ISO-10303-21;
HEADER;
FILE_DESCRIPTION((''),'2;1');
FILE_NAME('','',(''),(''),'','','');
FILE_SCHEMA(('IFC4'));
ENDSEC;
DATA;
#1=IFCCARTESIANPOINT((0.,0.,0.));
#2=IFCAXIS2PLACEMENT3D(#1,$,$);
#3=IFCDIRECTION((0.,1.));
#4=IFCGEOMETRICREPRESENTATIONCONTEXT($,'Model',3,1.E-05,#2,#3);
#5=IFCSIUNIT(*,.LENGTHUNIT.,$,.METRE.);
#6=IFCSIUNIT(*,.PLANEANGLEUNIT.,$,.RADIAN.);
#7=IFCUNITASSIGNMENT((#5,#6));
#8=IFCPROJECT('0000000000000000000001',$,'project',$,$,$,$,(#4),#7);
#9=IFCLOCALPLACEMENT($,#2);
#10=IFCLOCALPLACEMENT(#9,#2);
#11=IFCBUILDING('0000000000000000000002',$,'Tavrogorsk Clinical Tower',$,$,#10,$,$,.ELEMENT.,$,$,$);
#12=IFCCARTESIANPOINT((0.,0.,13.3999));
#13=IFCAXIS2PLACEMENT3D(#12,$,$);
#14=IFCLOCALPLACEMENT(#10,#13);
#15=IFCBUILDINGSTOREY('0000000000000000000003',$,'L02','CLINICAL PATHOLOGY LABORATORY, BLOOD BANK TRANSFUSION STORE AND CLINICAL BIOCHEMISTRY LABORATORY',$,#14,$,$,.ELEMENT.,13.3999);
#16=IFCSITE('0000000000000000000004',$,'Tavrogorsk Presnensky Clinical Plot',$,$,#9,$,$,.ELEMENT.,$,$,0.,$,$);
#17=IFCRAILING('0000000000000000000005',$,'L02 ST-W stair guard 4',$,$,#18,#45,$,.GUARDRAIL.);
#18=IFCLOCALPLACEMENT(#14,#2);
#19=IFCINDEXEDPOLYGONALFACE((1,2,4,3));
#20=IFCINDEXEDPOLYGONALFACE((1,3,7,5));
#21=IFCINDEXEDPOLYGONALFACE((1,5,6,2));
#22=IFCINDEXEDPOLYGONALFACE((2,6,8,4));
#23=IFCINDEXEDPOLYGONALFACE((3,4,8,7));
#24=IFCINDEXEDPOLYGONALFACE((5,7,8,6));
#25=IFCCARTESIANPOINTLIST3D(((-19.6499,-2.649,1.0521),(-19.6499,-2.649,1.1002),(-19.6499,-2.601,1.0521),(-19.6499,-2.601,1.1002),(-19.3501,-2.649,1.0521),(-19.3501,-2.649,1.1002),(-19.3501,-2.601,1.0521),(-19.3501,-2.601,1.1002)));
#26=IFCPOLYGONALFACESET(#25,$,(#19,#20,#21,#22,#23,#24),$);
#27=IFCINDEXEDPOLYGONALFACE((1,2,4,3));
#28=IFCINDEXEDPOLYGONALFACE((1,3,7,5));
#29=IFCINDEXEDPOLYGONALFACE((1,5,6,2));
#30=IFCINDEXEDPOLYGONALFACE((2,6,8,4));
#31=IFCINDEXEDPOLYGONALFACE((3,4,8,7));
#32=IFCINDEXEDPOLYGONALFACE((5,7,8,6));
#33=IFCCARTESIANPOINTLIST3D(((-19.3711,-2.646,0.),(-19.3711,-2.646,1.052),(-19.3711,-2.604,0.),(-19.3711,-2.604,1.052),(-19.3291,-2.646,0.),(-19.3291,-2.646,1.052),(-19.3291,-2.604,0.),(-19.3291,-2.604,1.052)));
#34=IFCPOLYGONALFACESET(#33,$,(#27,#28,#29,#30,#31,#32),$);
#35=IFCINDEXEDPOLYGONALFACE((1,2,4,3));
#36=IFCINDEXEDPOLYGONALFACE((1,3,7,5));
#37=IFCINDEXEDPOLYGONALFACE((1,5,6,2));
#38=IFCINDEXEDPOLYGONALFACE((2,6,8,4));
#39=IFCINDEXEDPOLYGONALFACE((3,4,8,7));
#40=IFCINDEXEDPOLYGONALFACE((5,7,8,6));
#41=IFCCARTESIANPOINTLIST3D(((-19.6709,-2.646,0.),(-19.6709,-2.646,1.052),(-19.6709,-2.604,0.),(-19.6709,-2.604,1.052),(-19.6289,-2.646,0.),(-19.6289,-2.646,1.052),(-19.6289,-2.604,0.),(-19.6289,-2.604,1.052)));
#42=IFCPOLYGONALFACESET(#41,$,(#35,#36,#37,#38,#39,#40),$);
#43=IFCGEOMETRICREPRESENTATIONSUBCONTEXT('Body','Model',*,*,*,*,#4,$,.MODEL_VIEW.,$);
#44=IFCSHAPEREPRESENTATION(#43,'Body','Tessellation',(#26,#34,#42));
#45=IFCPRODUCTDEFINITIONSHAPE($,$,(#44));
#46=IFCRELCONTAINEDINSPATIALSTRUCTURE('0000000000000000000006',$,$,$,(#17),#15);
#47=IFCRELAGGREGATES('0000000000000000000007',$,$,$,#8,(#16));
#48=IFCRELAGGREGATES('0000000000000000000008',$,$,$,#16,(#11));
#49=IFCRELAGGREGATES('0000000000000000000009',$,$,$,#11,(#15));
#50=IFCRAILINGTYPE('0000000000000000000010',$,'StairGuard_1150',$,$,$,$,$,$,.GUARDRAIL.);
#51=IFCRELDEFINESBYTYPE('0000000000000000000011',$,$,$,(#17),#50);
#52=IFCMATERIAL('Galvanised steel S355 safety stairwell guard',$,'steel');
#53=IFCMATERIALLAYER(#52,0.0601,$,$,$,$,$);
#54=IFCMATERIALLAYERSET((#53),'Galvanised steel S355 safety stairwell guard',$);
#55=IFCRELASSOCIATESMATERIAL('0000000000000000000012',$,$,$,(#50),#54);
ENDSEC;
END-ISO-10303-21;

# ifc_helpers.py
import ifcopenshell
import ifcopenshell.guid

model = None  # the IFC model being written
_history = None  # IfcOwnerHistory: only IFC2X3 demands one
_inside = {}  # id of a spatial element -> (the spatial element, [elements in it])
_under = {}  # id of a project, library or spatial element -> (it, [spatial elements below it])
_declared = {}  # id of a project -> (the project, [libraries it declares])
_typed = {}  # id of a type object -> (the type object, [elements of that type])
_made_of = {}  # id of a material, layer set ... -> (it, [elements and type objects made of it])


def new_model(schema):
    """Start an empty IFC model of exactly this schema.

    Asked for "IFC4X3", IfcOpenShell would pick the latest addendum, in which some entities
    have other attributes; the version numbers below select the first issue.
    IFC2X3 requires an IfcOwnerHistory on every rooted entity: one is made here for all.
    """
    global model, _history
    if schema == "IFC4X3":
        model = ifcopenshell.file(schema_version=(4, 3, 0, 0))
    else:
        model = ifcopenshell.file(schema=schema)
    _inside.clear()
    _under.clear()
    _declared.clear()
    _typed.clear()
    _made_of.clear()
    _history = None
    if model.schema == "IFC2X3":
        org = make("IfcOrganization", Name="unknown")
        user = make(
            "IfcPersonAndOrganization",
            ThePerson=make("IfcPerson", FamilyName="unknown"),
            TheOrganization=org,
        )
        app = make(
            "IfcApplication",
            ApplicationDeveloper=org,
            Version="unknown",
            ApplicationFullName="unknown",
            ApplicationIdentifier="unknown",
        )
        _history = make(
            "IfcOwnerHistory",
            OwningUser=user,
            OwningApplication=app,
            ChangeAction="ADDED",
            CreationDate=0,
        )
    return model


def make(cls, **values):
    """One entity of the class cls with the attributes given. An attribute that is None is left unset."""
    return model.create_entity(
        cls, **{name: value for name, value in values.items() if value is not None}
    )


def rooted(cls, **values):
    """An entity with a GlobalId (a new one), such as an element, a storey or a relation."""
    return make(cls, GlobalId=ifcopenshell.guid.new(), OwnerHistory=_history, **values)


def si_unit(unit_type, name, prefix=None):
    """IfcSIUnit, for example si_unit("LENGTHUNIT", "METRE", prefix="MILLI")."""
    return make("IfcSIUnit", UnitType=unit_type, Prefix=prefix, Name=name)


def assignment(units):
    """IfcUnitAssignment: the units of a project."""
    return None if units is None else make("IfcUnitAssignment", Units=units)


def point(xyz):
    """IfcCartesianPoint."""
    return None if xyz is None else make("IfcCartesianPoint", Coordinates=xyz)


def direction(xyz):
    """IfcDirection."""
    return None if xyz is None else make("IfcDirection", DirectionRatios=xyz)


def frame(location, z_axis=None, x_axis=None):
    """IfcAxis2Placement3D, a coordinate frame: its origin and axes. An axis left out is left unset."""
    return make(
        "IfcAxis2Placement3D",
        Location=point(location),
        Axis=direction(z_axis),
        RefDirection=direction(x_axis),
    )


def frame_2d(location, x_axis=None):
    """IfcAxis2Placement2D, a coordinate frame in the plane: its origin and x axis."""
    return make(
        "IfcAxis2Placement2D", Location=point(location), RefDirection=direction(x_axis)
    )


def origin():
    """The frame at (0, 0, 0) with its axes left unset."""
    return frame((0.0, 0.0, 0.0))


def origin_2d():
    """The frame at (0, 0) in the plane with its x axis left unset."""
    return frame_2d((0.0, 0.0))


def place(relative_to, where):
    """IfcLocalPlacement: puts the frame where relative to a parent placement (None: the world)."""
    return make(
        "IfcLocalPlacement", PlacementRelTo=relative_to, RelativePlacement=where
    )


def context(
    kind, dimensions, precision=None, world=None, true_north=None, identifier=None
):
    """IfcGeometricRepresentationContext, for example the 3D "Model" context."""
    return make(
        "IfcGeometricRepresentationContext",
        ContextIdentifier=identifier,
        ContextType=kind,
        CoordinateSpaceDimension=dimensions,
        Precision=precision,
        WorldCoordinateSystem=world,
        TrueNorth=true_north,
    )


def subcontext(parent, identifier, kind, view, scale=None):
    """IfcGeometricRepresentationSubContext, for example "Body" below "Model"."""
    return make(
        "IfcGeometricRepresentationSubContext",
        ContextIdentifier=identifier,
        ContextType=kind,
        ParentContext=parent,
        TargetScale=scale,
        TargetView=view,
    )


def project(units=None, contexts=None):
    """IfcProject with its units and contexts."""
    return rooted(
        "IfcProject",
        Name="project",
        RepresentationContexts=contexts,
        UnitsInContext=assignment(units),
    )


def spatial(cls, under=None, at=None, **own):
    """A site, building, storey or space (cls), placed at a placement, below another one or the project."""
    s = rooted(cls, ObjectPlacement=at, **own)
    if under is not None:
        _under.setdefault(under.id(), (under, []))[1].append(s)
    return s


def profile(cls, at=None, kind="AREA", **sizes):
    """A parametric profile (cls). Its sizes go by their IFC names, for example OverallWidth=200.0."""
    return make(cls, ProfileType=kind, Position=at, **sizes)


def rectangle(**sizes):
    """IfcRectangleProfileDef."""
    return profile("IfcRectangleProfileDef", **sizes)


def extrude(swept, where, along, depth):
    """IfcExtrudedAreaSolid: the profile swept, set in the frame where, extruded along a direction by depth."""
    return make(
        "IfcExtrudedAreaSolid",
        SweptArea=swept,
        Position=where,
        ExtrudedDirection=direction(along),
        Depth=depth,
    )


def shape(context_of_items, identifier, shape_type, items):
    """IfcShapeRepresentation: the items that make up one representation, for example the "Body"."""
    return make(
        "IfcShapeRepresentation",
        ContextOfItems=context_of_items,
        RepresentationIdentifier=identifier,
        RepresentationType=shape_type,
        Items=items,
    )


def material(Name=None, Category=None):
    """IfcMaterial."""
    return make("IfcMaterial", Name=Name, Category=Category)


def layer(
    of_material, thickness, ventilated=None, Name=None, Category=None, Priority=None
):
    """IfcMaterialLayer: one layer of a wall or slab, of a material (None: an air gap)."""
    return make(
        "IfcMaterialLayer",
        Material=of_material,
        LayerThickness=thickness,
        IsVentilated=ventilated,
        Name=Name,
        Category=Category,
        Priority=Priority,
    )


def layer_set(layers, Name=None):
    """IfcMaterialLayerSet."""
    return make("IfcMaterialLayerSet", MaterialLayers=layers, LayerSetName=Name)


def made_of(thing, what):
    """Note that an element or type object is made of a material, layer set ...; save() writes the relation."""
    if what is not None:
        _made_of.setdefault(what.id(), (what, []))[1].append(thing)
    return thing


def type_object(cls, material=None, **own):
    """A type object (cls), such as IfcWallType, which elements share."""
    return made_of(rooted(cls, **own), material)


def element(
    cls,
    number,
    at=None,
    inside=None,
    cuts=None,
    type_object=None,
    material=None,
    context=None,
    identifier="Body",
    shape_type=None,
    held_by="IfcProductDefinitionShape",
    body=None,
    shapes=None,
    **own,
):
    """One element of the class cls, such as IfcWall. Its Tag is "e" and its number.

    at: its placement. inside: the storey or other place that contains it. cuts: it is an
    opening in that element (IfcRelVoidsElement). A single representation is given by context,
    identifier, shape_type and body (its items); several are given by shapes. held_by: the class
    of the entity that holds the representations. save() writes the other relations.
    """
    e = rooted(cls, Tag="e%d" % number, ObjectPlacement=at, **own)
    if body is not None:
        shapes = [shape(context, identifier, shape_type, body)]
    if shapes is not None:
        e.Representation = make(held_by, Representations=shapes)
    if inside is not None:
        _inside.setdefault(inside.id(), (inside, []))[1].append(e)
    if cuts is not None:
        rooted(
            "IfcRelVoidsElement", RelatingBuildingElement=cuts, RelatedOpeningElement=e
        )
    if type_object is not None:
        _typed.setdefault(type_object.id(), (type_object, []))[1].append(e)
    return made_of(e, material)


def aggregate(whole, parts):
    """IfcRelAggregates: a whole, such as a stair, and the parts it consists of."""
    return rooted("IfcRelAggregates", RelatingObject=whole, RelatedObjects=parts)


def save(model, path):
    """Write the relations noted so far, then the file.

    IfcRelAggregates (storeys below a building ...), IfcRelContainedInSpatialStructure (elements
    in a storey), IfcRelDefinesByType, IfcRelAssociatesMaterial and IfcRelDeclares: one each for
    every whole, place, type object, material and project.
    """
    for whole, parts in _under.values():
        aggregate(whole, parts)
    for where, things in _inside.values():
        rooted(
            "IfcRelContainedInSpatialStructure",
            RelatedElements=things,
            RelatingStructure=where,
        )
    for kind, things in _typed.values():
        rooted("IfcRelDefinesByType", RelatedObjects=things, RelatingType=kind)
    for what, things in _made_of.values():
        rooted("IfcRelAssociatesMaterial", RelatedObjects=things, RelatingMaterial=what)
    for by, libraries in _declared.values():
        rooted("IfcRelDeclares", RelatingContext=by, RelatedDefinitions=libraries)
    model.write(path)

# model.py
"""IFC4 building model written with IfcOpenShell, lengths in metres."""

from ifc_helpers import new_model, si_unit, direction, frame, origin, origin_2d, place, context, subcontext, project, spatial, rectangle, extrude, material, layer, layer_set, type_object, element, save


model = new_model("IFC4")

# Units and contexts
model_context = context("Model", 3, precision=1e-05, world=origin(), true_north=direction((0.0, 1.0)))
body_context = subcontext(model_context, "Body", "Model", "MODEL_VIEW")
ifc_project = project(units=[si_unit("LENGTHUNIT", "METRE"), si_unit("PLANEANGLEUNIT", "RADIAN")], contexts=[model_context])

# Site, building, storey
site_placement = place(None, origin())
site = spatial("IfcSite", under=ifc_project, at=site_placement, Name="Tavrogorsk Presnensky Clinical Plot", CompositionType="ELEMENT", RefElevation=0.0)
building_placement = place(site_placement, origin())
building = spatial("IfcBuilding", under=site, at=building_placement, Name="Tavrogorsk Clinical Tower", CompositionType="ELEMENT")
storey_placement = place(building_placement, frame((0.0, 0.0, 13.3999)))
storey = spatial("IfcBuildingStorey", under=building, at=storey_placement, Name="L02", Description="CLINICAL PATHOLOGY LABORATORY, BLOOD BANK TRANSFUSION STORE AND CLINICAL BIOCHEMISTRY LABORATORY", CompositionType="ELEMENT", Elevation=13.3999)

# Railing
ifc_material_1 = material(Name="Galvanised steel S355 safety stairwell guard", Category="steel")
ifc_layer_1 = layer(ifc_material_1, 0.0601)
ifc_layer_set_1 = layer_set([ifc_layer_1], Name="Galvanised steel S355 safety stairwell guard")
railing_type = type_object("IfcRailingType", Name="StairGuard_1150", PredefinedType="GUARDRAIL", material=ifc_layer_set_1)
railing_placement = place(storey_placement, frame((-19.3501, -2.625, 0.0)))
element("IfcRailing", 1, at=railing_placement, inside=storey, type_object=railing_type, Name="L02 ST-W stair guard 4", PredefinedType="GUARDRAIL", context=body_context, shape_type="SweptSolid", body=[
    extrude(rectangle(XDim=0.0481, YDim=0.0481, at=origin_2d()), frame((0.0, 0.0, 1.0762), z_axis=(-1.0, 0.0, 0.0), x_axis=(0.0, -1.0, 0.0)), (0.0, 0.0, 1.0), 0.2998),
    extrude(rectangle(XDim=0.042, YDim=0.042, at=origin_2d()), origin(), (0.0, 0.0, 1.0), 1.052),
    extrude(rectangle(XDim=0.042, YDim=0.042, at=origin_2d()), frame((-0.2998, 0.0, 0.0)), (0.0, 0.0, 1.0), 1.052),
])

save(model, "model.ifc")
